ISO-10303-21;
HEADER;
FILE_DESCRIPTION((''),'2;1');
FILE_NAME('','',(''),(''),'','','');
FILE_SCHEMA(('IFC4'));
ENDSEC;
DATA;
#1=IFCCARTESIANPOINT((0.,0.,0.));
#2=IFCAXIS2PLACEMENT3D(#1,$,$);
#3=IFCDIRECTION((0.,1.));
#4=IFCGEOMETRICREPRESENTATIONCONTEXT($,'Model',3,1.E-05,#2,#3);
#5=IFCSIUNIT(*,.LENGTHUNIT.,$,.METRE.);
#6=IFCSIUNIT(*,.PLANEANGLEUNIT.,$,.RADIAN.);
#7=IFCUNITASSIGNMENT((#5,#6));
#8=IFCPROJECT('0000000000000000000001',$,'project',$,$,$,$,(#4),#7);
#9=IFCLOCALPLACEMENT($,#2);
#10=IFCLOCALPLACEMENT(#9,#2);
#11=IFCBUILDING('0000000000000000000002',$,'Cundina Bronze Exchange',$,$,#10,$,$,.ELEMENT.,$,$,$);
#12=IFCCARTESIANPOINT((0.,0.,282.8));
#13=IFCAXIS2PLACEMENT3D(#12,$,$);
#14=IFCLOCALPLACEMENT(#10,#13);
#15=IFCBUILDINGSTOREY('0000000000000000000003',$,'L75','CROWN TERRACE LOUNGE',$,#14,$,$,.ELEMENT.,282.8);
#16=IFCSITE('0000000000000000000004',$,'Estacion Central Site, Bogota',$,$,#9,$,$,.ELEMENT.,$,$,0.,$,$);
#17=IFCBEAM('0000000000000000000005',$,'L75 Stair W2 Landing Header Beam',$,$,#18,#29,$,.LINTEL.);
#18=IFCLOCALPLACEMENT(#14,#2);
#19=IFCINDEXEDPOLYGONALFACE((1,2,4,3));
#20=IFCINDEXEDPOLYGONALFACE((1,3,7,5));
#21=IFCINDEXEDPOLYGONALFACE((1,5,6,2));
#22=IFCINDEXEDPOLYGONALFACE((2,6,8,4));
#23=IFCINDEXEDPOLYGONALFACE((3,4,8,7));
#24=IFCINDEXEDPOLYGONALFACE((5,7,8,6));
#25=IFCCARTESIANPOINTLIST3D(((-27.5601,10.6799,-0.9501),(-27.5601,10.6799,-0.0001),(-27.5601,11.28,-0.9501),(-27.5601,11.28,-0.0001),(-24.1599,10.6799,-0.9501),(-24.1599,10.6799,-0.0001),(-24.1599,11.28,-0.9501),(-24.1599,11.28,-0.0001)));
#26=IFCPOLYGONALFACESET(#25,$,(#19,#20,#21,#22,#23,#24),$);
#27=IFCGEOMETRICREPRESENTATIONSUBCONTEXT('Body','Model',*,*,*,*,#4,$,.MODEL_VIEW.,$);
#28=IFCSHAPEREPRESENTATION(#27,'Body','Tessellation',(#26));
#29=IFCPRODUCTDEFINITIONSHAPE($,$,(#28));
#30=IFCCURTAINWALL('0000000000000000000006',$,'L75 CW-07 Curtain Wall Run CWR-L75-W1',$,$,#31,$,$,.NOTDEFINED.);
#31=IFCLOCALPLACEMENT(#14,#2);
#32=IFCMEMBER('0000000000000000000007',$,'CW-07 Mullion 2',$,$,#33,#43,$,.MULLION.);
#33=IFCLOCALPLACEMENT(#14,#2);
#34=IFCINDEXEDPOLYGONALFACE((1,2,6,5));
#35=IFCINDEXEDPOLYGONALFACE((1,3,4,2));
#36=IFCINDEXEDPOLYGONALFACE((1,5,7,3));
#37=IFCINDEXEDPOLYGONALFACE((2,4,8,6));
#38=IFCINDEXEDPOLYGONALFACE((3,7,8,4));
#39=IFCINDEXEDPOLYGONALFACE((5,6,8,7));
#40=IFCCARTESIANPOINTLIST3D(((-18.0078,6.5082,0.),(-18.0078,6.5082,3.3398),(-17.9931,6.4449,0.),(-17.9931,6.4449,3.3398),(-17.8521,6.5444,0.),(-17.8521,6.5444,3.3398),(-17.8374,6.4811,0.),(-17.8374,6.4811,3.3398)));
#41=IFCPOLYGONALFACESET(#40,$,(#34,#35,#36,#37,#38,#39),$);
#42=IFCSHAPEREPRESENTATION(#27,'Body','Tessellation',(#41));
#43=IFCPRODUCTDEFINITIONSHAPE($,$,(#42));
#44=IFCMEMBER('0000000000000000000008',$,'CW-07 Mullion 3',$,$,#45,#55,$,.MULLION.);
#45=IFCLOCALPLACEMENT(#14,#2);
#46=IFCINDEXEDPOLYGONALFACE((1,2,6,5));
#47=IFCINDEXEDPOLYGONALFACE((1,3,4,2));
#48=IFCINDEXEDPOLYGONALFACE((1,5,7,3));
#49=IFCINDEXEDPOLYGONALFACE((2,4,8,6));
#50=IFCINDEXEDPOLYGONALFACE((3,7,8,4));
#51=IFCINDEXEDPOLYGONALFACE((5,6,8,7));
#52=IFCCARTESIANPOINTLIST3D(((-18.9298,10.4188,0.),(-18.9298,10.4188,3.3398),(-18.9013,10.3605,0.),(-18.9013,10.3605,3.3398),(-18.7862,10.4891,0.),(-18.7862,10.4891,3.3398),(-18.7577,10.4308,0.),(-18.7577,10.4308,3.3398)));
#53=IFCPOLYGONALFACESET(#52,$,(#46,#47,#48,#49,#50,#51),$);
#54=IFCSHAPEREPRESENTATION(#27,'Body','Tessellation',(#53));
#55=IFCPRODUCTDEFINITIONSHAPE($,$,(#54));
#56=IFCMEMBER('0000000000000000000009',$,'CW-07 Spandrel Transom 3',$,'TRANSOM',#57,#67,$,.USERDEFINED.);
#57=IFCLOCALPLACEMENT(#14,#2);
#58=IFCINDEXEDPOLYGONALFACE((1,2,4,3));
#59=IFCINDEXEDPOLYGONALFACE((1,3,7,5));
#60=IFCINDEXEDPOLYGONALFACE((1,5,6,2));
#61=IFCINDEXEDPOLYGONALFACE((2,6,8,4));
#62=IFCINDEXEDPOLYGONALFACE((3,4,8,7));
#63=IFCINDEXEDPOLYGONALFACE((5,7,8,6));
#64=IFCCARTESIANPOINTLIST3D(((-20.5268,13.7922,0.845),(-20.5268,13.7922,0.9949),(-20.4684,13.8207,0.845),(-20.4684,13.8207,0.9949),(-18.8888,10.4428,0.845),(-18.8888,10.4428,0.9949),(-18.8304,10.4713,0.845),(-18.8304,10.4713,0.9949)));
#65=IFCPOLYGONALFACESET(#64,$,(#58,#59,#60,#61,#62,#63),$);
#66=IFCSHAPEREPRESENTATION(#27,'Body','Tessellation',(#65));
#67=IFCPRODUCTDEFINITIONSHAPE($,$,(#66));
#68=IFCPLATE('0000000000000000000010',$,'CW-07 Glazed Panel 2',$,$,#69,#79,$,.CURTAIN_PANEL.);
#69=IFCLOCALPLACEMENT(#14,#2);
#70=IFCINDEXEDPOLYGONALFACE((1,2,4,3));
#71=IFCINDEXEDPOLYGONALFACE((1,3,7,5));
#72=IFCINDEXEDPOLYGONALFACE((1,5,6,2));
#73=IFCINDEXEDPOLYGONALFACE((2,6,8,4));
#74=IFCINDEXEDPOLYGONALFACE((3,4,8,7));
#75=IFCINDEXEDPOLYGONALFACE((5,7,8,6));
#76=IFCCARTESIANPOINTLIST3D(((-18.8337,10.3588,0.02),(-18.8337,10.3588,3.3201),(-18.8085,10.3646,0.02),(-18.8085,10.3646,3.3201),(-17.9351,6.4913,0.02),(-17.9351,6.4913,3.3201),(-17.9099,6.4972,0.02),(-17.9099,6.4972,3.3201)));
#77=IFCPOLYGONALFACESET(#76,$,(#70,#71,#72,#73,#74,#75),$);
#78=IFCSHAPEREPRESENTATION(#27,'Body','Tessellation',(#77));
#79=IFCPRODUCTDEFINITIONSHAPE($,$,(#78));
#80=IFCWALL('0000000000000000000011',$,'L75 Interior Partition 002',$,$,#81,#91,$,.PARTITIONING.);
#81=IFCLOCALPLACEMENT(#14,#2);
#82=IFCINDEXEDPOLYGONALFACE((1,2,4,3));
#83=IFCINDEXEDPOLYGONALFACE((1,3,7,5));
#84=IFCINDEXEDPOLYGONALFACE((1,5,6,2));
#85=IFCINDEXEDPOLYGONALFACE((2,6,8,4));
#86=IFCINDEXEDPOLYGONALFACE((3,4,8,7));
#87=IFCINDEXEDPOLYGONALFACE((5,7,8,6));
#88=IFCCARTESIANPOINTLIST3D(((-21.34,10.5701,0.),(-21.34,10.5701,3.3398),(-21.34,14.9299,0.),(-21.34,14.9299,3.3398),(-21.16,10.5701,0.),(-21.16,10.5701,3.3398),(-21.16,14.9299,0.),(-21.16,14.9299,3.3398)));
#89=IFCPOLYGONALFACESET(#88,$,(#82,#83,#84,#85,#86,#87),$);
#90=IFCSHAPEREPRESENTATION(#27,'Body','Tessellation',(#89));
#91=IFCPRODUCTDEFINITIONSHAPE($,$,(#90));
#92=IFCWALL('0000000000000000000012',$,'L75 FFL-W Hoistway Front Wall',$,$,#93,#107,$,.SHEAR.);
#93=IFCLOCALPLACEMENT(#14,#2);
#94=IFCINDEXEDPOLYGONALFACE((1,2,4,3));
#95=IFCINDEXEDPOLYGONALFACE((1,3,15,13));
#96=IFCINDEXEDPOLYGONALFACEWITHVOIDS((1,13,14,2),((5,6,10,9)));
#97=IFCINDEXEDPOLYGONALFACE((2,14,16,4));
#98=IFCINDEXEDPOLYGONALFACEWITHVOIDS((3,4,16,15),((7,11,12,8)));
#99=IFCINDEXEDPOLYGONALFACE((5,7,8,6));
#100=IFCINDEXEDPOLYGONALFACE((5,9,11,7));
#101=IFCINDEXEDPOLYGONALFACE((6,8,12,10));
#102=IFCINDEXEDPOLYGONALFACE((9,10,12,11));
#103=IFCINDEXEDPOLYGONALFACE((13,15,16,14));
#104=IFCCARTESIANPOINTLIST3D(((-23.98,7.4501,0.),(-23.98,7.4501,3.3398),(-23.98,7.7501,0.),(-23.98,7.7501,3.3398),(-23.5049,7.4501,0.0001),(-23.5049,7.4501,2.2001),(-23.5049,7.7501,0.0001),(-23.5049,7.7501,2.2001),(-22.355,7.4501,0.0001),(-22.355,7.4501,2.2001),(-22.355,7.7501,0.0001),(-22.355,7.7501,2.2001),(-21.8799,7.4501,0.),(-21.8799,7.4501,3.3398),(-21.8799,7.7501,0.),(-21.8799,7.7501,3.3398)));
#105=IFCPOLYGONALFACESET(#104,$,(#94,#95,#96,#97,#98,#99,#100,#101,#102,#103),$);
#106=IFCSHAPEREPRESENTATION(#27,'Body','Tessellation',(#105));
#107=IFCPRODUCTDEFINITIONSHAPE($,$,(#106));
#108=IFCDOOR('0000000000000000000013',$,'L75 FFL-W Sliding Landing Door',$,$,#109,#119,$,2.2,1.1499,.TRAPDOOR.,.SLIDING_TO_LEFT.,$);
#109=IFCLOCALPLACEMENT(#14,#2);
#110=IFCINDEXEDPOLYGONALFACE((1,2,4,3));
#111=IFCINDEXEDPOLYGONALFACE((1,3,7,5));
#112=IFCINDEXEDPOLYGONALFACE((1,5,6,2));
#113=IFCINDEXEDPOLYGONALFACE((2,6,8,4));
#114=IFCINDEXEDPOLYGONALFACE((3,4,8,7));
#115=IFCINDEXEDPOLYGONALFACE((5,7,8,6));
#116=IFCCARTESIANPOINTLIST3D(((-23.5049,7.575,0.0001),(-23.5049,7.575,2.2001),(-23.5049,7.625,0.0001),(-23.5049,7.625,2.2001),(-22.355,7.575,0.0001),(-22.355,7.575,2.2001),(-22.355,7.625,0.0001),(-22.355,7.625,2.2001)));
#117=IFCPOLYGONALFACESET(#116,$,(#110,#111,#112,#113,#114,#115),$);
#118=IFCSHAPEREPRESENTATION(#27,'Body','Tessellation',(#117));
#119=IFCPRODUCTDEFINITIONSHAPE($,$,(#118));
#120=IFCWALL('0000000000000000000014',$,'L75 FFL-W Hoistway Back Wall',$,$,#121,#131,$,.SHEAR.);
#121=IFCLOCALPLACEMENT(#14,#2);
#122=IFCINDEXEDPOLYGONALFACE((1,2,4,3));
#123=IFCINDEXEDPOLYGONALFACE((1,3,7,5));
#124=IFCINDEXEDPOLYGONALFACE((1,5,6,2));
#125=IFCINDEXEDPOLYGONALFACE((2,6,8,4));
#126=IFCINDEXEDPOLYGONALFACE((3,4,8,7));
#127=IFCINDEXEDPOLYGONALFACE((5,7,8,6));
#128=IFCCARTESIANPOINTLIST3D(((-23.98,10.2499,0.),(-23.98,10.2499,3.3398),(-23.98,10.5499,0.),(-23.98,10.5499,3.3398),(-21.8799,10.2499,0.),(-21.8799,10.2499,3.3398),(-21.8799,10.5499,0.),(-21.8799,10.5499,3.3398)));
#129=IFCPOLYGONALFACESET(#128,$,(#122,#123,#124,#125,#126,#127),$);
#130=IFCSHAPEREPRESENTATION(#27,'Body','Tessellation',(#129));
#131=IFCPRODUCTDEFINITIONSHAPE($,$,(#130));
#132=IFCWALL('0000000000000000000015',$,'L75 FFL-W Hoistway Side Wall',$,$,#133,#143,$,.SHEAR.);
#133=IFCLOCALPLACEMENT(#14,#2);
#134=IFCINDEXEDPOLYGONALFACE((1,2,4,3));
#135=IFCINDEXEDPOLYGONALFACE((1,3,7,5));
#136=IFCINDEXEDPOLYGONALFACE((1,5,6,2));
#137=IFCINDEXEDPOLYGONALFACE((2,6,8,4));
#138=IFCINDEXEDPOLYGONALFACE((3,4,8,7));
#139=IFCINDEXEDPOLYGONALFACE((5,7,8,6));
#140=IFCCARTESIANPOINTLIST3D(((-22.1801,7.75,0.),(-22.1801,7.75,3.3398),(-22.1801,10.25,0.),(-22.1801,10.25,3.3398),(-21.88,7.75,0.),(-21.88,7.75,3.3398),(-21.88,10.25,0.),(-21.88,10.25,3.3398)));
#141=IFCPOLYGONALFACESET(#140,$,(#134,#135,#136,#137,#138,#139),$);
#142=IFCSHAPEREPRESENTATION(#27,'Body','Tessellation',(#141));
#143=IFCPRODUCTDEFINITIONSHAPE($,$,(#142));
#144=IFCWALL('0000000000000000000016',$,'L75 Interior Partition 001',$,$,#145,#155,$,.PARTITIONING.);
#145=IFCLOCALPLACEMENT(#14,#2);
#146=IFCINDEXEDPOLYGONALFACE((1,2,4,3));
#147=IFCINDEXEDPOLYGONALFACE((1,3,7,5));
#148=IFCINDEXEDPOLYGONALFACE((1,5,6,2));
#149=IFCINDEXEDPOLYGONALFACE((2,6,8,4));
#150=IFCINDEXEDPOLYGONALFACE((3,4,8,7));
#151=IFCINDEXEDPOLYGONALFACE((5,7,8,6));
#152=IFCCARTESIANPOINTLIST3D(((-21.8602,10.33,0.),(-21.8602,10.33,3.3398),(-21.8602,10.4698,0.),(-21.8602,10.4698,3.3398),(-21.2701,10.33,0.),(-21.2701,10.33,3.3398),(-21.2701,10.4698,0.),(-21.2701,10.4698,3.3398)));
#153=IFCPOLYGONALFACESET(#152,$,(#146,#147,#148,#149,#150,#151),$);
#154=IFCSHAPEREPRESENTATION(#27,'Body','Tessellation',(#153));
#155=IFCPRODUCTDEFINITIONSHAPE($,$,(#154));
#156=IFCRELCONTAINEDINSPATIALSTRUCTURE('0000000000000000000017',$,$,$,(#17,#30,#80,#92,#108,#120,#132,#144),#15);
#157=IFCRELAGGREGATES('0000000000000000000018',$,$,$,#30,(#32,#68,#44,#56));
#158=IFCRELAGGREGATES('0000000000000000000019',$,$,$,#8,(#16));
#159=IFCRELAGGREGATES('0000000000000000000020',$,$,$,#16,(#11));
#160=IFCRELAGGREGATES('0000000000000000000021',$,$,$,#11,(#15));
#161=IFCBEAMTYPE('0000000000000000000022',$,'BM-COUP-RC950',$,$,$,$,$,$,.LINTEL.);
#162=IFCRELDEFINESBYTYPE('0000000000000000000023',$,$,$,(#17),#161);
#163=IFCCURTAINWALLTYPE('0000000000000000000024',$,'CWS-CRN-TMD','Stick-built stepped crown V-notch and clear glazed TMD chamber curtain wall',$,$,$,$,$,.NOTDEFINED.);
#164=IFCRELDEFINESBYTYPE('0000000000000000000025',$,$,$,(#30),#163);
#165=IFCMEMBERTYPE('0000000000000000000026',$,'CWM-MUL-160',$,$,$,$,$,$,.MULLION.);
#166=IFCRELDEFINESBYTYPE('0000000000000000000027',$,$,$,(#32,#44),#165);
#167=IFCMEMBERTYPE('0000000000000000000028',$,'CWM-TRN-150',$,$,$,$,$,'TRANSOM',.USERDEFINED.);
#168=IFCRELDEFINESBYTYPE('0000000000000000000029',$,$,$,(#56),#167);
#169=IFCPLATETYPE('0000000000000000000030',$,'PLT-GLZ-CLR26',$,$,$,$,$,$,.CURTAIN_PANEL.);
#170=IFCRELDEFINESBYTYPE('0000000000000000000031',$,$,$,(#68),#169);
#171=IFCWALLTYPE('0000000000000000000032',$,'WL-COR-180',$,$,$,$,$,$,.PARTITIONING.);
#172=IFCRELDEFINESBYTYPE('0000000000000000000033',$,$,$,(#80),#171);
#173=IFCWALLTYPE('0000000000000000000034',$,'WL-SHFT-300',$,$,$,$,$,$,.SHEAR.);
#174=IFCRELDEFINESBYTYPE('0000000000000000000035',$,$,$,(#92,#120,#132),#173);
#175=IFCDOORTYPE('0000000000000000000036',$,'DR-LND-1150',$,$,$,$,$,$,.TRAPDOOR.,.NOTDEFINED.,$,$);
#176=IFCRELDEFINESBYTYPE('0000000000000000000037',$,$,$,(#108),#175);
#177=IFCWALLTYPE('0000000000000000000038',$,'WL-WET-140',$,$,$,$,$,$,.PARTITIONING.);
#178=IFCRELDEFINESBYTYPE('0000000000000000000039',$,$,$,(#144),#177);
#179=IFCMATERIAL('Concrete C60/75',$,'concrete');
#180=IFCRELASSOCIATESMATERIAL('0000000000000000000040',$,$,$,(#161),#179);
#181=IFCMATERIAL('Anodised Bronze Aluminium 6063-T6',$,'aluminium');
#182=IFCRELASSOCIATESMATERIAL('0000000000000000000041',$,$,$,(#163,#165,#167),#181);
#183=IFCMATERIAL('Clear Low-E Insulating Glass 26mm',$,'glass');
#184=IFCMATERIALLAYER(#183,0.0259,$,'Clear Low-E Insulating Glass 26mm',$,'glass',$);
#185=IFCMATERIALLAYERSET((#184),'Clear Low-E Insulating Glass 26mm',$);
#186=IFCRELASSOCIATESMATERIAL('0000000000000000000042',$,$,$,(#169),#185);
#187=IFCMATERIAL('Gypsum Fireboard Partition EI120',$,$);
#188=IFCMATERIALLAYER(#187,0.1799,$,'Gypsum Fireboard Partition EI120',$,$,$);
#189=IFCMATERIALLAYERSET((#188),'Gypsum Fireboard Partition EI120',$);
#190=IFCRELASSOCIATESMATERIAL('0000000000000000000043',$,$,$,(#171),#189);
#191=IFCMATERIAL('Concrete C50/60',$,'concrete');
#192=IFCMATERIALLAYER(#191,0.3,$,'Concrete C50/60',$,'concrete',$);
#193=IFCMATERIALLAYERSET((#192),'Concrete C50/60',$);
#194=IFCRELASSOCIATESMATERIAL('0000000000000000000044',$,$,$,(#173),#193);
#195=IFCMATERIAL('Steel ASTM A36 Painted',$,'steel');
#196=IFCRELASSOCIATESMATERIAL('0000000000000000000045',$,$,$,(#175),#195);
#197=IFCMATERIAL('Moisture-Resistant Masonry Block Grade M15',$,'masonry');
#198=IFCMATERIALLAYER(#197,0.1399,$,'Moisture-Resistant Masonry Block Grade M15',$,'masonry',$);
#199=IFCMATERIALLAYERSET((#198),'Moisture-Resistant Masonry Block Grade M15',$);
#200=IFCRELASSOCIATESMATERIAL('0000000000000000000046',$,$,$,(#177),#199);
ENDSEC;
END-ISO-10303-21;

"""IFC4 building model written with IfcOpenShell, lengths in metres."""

from ifc_helpers import new_model, si_unit, direction, frame, frame_2d, origin, origin_2d, place, context, subcontext, project, spatial, rectangle, extrude, material, layer, layer_set, material_profile, profile_set, type_object, element, fill, aggregate, save


model = new_model("IFC4")

# Units and contexts
model_context = context("Model", 3, precision=1e-05, world=origin(), true_north=direction((0.0, 1.0)))
body_context = subcontext(model_context, "Body", "Model", "MODEL_VIEW")
ifc_project = project(units=[si_unit("LENGTHUNIT", "METRE"), si_unit("PLANEANGLEUNIT", "RADIAN")], contexts=[model_context])

# Site, building, storey
site_placement = place(None, origin())
site = spatial("IfcSite", under=ifc_project, at=site_placement, Name="Estacion Central Site, Bogota", CompositionType="ELEMENT", RefElevation=0.0)
building_placement = place(site_placement, origin())
building = spatial("IfcBuilding", under=site, at=building_placement, Name="Cundina Bronze Exchange", CompositionType="ELEMENT")
storey_placement = place(building_placement, frame((0.0, 0.0, 282.8)))
storey = spatial("IfcBuildingStorey", under=building, at=storey_placement, Name="L75", Description="CROWN TERRACE LOUNGE", CompositionType="ELEMENT", Elevation=282.8)

# Beam
ifc_material_1 = material(Name="Concrete C60/75", Category="concrete")
ifc_material_profile_1 = material_profile(ifc_material_1, rectangle(XDim=0.6001, YDim=0.95, at=origin_2d()), Name="RC600X950", Category="concrete")
ifc_profile_set_1 = profile_set([ifc_material_profile_1], Name="Concrete C60/75")
beam_type = type_object("IfcBeamType", Name="BM-COUP-RC950", PredefinedType="LINTEL", material=ifc_profile_set_1)
beam_placement = place(storey_placement, frame((-27.5601, 10.98, -0.4751), z_axis=(1.0, 0.0, 0.0), x_axis=(0.0, 1.0, 0.0)))
element("IfcBeam", 1, at=beam_placement, inside=storey, type_object=beam_type, Name="L75 Stair W2 Landing Header Beam", PredefinedType="LINTEL", context=body_context, shape_type="SweptSolid", body=[
    extrude(rectangle(XDim=0.6001, YDim=0.95, at=origin_2d()), origin(), (0.0, 0.0, 1.0), 3.4001),
])

# Curtain wall, members, plate
ifc_material_2 = material(Name="Anodised Bronze Aluminium 6063-T6", Category="aluminium")
curtain_wall_type = type_object("IfcCurtainWallType", Name="CWS-CRN-TMD", Description="Stick-built stepped crown V-notch and clear glazed TMD chamber curtain wall", PredefinedType="NOTDEFINED", material=ifc_material_2)
curtain_wall_placement = place(storey_placement, origin())
curtain_wall = element("IfcCurtainWall", 2, at=curtain_wall_placement, inside=storey, type_object=curtain_wall_type, Name="L75 CW-07 Curtain Wall Run CWR-L75-W1", PredefinedType="NOTDEFINED")
ifc_material_profile_2 = material_profile(ifc_material_2, rectangle(XDim=0.0649, YDim=0.1599, at=origin_2d()), Name="AL65X160", Category="aluminium")
ifc_profile_set_2 = profile_set([ifc_material_profile_2], Name="Anodised Bronze Aluminium 6063-T6")
member_type_1 = type_object("IfcMemberType", Name="CWM-MUL-160", PredefinedType="MULLION", material=ifc_profile_set_2)
member_1_placement = place(storey_placement, frame((-17.9226, 6.4946, 0.0), z_axis=(0.0, 0.0, 1.0), x_axis=(-0.226311, 0.974055, 0.0)))
member_1 = element("IfcMember", 3, at=member_1_placement, type_object=member_type_1, Name="CW-07 Mullion 2", PredefinedType="MULLION", context=body_context, shape_type="SweptSolid", body=[
    extrude(rectangle(XDim=0.0649, YDim=0.1599, at=origin_2d()), origin(), (0.0, 0.0, 1.0), 3.3398),
])
member_2_placement = place(storey_placement, frame((-18.8438, 10.4248, 0.0), z_axis=(0.0, 0.0, 1.0), x_axis=(-0.439312, 0.898334, 0.0)))
member_2 = element("IfcMember", 4, at=member_2_placement, type_object=member_type_1, Name="CW-07 Mullion 3", PredefinedType="MULLION", context=body_context, shape_type="SweptSolid", body=[
    extrude(rectangle(XDim=0.0649, YDim=0.1599, at=origin_2d()), origin(), (0.0, 0.0, 1.0), 3.3398),
])
ifc_material_profile_3 = material_profile(ifc_material_2, rectangle(XDim=0.0649, YDim=0.1499, at=origin_2d()), Name="AL65X150", Category="aluminium")
ifc_profile_set_3 = profile_set([ifc_material_profile_3], Name="Anodised Bronze Aluminium 6063-T6")
member_type_2 = type_object("IfcMemberType", Name="CWM-TRN-150", ElementType="TRANSOM", PredefinedType="USERDEFINED", material=ifc_profile_set_3)
member_3_placement = place(storey_placement, frame((-18.8596, 10.457, 0.9199), z_axis=(-0.439312, 0.898334, 0.0), x_axis=(-0.898334, -0.439312, 0.0)))
member_3 = element("IfcMember", 5, at=member_3_placement, type_object=member_type_2, Name="CW-07 Spandrel Transom 3", ObjectType="TRANSOM", PredefinedType="USERDEFINED", context=body_context, shape_type="SweptSolid", body=[
    extrude(rectangle(XDim=0.0649, YDim=0.1499, at=origin_2d()), origin(), (0.0, 0.0, 1.0), 3.7285),
])
ifc_material_3 = material(Name="Clear Low-E Insulating Glass 26mm", Category="glass")
ifc_layer_1 = layer(ifc_material_3, 0.0259, Name="Clear Low-E Insulating Glass 26mm", Category="glass")
ifc_layer_set_1 = layer_set([ifc_layer_1], Name="Clear Low-E Insulating Glass 26mm")
plate_type = type_object("IfcPlateType", Name="PLT-GLZ-CLR26", PredefinedType="CURTAIN_PANEL", material=ifc_layer_set_1)
plate_placement = place(storey_placement, frame((-18.3718, 8.428, 0.02), z_axis=(0.0, 0.0, 1.0), x_axis=(-0.226328, 0.974051, 0.0)))
plate = element("IfcPlate", 6, at=plate_placement, type_object=plate_type, Name="CW-07 Glazed Panel 2", PredefinedType="CURTAIN_PANEL", context=body_context, shape_type="SweptSolid", body=[
    extrude(rectangle(XDim=3.9705, YDim=0.0259, at=origin_2d()), origin(), (0.0, 0.0, 1.0), 3.3),
])
aggregate(curtain_wall, [member_1, plate, member_2, member_3])

# Wall
ifc_material_4 = material(Name="Gypsum Fireboard Partition EI120")
ifc_layer_2 = layer(ifc_material_4, 0.1799, Name="Gypsum Fireboard Partition EI120")
ifc_layer_set_2 = layer_set([ifc_layer_2], Name="Gypsum Fireboard Partition EI120")
wall_type_1 = type_object("IfcWallType", Name="WL-COR-180", PredefinedType="PARTITIONING", material=ifc_layer_set_2)
wall_1_placement = place(storey_placement, frame((-21.25, 10.5701, 0.0), z_axis=(0.0, 0.0, 1.0), x_axis=(0.0, 1.0, 0.0)))
element("IfcWall", 7, at=wall_1_placement, inside=storey, type_object=wall_type_1, Name="L75 Interior Partition 002", PredefinedType="PARTITIONING", context=body_context, shape_type="SweptSolid", body=[
    extrude(rectangle(XDim=4.3599, YDim=0.1799, at=frame_2d((2.1799, 0.0))), origin(), (0.0, 0.0, 1.0), 3.3398),
])

# Wall, opening, door
ifc_material_5 = material(Name="Concrete C50/60", Category="concrete")
ifc_layer_3 = layer(ifc_material_5, 0.3, Name="Concrete C50/60", Category="concrete")
ifc_layer_set_3 = layer_set([ifc_layer_3], Name="Concrete C50/60")
wall_type_2 = type_object("IfcWallType", Name="WL-SHFT-300", PredefinedType="SHEAR", material=ifc_layer_set_3)
wall_2_placement = place(storey_placement, frame((-23.98, 7.6001, 0.0), z_axis=(0.0, 0.0, 1.0), x_axis=(1.0, 0.0, 0.0)))
wall_2 = element("IfcWall", 8, at=wall_2_placement, inside=storey, type_object=wall_type_2, Name="L75 FFL-W Hoistway Front Wall", PredefinedType="SHEAR", context=body_context, shape_type="SweptSolid", body=[
    extrude(rectangle(XDim=2.1001, YDim=0.3, at=frame_2d((1.05, 0.0))), origin(), (0.0, 0.0, 1.0), 3.3398),
])
opening_placement = place(wall_2_placement, frame((0.4751, 0.0, 0.0)))
opening = element("IfcOpeningElement", 9, at=opening_placement, cuts=wall_2, PredefinedType="OPENING", context=body_context, shape_type="SweptSolid", body=[
    extrude(rectangle(XDim=1.1499, YDim=2.2, at=frame_2d((0.575, 1.1001))), frame((0.0, 0.1599, 0.0), z_axis=(0.0, -1.0, 0.0), x_axis=(1.0, 0.0, 0.0)), (0.0, 0.0, 1.0), 0.3201),
])
ifc_material_6 = material(Name="Steel ASTM A36 Painted", Category="steel")
door_type = type_object("IfcDoorType", Name="DR-LND-1150", OperationType="NOTDEFINED", PredefinedType="TRAPDOOR", material=ifc_material_6)
door_placement = place(opening_placement, origin())
door = element("IfcDoor", 10, at=door_placement, inside=storey, type_object=door_type, Name="L75 FFL-W Sliding Landing Door", OperationType="SLIDING_TO_LEFT", OverallHeight=2.2, OverallWidth=1.1499, PredefinedType="TRAPDOOR", context=body_context, shape_type="SweptSolid", body=[
    extrude(rectangle(XDim=1.1499, YDim=2.2, at=frame_2d((0.575, 1.1001))), frame((0.0, 0.0249, 0.0), z_axis=(0.0, -1.0, 0.0), x_axis=(1.0, 0.0, 0.0)), (0.0, 0.0, 1.0), 0.05),
])
fill(opening, door)

# Walls
wall_3_placement = place(storey_placement, frame((-23.98, 10.3999, 0.0), z_axis=(0.0, 0.0, 1.0), x_axis=(1.0, 0.0, 0.0)))
element("IfcWall", 11, at=wall_3_placement, inside=storey, type_object=wall_type_2, Name="L75 FFL-W Hoistway Back Wall", PredefinedType="SHEAR", context=body_context, shape_type="SweptSolid", body=[
    extrude(rectangle(XDim=2.1001, YDim=0.3, at=frame_2d((1.05, 0.0))), origin(), (0.0, 0.0, 1.0), 3.3398),
])
wall_4_placement = place(storey_placement, frame((-22.03, 7.75, 0.0), z_axis=(0.0, 0.0, 1.0), x_axis=(0.0, 1.0, 0.0)))
element("IfcWall", 12, at=wall_4_placement, inside=storey, type_object=wall_type_2, Name="L75 FFL-W Hoistway Side Wall", PredefinedType="SHEAR", context=body_context, shape_type="SweptSolid", body=[
    extrude(rectangle(XDim=2.5, YDim=0.3, at=frame_2d((1.25, 0.0))), origin(), (0.0, 0.0, 1.0), 3.3398),
])
ifc_material_7 = material(Name="Moisture-Resistant Masonry Block Grade M15", Category="masonry")
ifc_layer_4 = layer(ifc_material_7, 0.1399, Name="Moisture-Resistant Masonry Block Grade M15", Category="masonry")
ifc_layer_set_4 = layer_set([ifc_layer_4], Name="Moisture-Resistant Masonry Block Grade M15")
wall_type_3 = type_object("IfcWallType", Name="WL-WET-140", PredefinedType="PARTITIONING", material=ifc_layer_set_4)
wall_5_placement = place(storey_placement, frame((-21.8601, 10.3999, 0.0), z_axis=(0.0, 0.0, 1.0), x_axis=(1.0, 0.0, 0.0)))
element("IfcWall", 13, at=wall_5_placement, inside=storey, type_object=wall_type_3, Name="L75 Interior Partition 001", PredefinedType="PARTITIONING", context=body_context, shape_type="SweptSolid", body=[
    extrude(rectangle(XDim=0.5901, YDim=0.1399, at=frame_2d((0.2949, 0.0))), origin(), (0.0, 0.0, 1.0), 3.3398),
])

save(model, "model.ifc")
